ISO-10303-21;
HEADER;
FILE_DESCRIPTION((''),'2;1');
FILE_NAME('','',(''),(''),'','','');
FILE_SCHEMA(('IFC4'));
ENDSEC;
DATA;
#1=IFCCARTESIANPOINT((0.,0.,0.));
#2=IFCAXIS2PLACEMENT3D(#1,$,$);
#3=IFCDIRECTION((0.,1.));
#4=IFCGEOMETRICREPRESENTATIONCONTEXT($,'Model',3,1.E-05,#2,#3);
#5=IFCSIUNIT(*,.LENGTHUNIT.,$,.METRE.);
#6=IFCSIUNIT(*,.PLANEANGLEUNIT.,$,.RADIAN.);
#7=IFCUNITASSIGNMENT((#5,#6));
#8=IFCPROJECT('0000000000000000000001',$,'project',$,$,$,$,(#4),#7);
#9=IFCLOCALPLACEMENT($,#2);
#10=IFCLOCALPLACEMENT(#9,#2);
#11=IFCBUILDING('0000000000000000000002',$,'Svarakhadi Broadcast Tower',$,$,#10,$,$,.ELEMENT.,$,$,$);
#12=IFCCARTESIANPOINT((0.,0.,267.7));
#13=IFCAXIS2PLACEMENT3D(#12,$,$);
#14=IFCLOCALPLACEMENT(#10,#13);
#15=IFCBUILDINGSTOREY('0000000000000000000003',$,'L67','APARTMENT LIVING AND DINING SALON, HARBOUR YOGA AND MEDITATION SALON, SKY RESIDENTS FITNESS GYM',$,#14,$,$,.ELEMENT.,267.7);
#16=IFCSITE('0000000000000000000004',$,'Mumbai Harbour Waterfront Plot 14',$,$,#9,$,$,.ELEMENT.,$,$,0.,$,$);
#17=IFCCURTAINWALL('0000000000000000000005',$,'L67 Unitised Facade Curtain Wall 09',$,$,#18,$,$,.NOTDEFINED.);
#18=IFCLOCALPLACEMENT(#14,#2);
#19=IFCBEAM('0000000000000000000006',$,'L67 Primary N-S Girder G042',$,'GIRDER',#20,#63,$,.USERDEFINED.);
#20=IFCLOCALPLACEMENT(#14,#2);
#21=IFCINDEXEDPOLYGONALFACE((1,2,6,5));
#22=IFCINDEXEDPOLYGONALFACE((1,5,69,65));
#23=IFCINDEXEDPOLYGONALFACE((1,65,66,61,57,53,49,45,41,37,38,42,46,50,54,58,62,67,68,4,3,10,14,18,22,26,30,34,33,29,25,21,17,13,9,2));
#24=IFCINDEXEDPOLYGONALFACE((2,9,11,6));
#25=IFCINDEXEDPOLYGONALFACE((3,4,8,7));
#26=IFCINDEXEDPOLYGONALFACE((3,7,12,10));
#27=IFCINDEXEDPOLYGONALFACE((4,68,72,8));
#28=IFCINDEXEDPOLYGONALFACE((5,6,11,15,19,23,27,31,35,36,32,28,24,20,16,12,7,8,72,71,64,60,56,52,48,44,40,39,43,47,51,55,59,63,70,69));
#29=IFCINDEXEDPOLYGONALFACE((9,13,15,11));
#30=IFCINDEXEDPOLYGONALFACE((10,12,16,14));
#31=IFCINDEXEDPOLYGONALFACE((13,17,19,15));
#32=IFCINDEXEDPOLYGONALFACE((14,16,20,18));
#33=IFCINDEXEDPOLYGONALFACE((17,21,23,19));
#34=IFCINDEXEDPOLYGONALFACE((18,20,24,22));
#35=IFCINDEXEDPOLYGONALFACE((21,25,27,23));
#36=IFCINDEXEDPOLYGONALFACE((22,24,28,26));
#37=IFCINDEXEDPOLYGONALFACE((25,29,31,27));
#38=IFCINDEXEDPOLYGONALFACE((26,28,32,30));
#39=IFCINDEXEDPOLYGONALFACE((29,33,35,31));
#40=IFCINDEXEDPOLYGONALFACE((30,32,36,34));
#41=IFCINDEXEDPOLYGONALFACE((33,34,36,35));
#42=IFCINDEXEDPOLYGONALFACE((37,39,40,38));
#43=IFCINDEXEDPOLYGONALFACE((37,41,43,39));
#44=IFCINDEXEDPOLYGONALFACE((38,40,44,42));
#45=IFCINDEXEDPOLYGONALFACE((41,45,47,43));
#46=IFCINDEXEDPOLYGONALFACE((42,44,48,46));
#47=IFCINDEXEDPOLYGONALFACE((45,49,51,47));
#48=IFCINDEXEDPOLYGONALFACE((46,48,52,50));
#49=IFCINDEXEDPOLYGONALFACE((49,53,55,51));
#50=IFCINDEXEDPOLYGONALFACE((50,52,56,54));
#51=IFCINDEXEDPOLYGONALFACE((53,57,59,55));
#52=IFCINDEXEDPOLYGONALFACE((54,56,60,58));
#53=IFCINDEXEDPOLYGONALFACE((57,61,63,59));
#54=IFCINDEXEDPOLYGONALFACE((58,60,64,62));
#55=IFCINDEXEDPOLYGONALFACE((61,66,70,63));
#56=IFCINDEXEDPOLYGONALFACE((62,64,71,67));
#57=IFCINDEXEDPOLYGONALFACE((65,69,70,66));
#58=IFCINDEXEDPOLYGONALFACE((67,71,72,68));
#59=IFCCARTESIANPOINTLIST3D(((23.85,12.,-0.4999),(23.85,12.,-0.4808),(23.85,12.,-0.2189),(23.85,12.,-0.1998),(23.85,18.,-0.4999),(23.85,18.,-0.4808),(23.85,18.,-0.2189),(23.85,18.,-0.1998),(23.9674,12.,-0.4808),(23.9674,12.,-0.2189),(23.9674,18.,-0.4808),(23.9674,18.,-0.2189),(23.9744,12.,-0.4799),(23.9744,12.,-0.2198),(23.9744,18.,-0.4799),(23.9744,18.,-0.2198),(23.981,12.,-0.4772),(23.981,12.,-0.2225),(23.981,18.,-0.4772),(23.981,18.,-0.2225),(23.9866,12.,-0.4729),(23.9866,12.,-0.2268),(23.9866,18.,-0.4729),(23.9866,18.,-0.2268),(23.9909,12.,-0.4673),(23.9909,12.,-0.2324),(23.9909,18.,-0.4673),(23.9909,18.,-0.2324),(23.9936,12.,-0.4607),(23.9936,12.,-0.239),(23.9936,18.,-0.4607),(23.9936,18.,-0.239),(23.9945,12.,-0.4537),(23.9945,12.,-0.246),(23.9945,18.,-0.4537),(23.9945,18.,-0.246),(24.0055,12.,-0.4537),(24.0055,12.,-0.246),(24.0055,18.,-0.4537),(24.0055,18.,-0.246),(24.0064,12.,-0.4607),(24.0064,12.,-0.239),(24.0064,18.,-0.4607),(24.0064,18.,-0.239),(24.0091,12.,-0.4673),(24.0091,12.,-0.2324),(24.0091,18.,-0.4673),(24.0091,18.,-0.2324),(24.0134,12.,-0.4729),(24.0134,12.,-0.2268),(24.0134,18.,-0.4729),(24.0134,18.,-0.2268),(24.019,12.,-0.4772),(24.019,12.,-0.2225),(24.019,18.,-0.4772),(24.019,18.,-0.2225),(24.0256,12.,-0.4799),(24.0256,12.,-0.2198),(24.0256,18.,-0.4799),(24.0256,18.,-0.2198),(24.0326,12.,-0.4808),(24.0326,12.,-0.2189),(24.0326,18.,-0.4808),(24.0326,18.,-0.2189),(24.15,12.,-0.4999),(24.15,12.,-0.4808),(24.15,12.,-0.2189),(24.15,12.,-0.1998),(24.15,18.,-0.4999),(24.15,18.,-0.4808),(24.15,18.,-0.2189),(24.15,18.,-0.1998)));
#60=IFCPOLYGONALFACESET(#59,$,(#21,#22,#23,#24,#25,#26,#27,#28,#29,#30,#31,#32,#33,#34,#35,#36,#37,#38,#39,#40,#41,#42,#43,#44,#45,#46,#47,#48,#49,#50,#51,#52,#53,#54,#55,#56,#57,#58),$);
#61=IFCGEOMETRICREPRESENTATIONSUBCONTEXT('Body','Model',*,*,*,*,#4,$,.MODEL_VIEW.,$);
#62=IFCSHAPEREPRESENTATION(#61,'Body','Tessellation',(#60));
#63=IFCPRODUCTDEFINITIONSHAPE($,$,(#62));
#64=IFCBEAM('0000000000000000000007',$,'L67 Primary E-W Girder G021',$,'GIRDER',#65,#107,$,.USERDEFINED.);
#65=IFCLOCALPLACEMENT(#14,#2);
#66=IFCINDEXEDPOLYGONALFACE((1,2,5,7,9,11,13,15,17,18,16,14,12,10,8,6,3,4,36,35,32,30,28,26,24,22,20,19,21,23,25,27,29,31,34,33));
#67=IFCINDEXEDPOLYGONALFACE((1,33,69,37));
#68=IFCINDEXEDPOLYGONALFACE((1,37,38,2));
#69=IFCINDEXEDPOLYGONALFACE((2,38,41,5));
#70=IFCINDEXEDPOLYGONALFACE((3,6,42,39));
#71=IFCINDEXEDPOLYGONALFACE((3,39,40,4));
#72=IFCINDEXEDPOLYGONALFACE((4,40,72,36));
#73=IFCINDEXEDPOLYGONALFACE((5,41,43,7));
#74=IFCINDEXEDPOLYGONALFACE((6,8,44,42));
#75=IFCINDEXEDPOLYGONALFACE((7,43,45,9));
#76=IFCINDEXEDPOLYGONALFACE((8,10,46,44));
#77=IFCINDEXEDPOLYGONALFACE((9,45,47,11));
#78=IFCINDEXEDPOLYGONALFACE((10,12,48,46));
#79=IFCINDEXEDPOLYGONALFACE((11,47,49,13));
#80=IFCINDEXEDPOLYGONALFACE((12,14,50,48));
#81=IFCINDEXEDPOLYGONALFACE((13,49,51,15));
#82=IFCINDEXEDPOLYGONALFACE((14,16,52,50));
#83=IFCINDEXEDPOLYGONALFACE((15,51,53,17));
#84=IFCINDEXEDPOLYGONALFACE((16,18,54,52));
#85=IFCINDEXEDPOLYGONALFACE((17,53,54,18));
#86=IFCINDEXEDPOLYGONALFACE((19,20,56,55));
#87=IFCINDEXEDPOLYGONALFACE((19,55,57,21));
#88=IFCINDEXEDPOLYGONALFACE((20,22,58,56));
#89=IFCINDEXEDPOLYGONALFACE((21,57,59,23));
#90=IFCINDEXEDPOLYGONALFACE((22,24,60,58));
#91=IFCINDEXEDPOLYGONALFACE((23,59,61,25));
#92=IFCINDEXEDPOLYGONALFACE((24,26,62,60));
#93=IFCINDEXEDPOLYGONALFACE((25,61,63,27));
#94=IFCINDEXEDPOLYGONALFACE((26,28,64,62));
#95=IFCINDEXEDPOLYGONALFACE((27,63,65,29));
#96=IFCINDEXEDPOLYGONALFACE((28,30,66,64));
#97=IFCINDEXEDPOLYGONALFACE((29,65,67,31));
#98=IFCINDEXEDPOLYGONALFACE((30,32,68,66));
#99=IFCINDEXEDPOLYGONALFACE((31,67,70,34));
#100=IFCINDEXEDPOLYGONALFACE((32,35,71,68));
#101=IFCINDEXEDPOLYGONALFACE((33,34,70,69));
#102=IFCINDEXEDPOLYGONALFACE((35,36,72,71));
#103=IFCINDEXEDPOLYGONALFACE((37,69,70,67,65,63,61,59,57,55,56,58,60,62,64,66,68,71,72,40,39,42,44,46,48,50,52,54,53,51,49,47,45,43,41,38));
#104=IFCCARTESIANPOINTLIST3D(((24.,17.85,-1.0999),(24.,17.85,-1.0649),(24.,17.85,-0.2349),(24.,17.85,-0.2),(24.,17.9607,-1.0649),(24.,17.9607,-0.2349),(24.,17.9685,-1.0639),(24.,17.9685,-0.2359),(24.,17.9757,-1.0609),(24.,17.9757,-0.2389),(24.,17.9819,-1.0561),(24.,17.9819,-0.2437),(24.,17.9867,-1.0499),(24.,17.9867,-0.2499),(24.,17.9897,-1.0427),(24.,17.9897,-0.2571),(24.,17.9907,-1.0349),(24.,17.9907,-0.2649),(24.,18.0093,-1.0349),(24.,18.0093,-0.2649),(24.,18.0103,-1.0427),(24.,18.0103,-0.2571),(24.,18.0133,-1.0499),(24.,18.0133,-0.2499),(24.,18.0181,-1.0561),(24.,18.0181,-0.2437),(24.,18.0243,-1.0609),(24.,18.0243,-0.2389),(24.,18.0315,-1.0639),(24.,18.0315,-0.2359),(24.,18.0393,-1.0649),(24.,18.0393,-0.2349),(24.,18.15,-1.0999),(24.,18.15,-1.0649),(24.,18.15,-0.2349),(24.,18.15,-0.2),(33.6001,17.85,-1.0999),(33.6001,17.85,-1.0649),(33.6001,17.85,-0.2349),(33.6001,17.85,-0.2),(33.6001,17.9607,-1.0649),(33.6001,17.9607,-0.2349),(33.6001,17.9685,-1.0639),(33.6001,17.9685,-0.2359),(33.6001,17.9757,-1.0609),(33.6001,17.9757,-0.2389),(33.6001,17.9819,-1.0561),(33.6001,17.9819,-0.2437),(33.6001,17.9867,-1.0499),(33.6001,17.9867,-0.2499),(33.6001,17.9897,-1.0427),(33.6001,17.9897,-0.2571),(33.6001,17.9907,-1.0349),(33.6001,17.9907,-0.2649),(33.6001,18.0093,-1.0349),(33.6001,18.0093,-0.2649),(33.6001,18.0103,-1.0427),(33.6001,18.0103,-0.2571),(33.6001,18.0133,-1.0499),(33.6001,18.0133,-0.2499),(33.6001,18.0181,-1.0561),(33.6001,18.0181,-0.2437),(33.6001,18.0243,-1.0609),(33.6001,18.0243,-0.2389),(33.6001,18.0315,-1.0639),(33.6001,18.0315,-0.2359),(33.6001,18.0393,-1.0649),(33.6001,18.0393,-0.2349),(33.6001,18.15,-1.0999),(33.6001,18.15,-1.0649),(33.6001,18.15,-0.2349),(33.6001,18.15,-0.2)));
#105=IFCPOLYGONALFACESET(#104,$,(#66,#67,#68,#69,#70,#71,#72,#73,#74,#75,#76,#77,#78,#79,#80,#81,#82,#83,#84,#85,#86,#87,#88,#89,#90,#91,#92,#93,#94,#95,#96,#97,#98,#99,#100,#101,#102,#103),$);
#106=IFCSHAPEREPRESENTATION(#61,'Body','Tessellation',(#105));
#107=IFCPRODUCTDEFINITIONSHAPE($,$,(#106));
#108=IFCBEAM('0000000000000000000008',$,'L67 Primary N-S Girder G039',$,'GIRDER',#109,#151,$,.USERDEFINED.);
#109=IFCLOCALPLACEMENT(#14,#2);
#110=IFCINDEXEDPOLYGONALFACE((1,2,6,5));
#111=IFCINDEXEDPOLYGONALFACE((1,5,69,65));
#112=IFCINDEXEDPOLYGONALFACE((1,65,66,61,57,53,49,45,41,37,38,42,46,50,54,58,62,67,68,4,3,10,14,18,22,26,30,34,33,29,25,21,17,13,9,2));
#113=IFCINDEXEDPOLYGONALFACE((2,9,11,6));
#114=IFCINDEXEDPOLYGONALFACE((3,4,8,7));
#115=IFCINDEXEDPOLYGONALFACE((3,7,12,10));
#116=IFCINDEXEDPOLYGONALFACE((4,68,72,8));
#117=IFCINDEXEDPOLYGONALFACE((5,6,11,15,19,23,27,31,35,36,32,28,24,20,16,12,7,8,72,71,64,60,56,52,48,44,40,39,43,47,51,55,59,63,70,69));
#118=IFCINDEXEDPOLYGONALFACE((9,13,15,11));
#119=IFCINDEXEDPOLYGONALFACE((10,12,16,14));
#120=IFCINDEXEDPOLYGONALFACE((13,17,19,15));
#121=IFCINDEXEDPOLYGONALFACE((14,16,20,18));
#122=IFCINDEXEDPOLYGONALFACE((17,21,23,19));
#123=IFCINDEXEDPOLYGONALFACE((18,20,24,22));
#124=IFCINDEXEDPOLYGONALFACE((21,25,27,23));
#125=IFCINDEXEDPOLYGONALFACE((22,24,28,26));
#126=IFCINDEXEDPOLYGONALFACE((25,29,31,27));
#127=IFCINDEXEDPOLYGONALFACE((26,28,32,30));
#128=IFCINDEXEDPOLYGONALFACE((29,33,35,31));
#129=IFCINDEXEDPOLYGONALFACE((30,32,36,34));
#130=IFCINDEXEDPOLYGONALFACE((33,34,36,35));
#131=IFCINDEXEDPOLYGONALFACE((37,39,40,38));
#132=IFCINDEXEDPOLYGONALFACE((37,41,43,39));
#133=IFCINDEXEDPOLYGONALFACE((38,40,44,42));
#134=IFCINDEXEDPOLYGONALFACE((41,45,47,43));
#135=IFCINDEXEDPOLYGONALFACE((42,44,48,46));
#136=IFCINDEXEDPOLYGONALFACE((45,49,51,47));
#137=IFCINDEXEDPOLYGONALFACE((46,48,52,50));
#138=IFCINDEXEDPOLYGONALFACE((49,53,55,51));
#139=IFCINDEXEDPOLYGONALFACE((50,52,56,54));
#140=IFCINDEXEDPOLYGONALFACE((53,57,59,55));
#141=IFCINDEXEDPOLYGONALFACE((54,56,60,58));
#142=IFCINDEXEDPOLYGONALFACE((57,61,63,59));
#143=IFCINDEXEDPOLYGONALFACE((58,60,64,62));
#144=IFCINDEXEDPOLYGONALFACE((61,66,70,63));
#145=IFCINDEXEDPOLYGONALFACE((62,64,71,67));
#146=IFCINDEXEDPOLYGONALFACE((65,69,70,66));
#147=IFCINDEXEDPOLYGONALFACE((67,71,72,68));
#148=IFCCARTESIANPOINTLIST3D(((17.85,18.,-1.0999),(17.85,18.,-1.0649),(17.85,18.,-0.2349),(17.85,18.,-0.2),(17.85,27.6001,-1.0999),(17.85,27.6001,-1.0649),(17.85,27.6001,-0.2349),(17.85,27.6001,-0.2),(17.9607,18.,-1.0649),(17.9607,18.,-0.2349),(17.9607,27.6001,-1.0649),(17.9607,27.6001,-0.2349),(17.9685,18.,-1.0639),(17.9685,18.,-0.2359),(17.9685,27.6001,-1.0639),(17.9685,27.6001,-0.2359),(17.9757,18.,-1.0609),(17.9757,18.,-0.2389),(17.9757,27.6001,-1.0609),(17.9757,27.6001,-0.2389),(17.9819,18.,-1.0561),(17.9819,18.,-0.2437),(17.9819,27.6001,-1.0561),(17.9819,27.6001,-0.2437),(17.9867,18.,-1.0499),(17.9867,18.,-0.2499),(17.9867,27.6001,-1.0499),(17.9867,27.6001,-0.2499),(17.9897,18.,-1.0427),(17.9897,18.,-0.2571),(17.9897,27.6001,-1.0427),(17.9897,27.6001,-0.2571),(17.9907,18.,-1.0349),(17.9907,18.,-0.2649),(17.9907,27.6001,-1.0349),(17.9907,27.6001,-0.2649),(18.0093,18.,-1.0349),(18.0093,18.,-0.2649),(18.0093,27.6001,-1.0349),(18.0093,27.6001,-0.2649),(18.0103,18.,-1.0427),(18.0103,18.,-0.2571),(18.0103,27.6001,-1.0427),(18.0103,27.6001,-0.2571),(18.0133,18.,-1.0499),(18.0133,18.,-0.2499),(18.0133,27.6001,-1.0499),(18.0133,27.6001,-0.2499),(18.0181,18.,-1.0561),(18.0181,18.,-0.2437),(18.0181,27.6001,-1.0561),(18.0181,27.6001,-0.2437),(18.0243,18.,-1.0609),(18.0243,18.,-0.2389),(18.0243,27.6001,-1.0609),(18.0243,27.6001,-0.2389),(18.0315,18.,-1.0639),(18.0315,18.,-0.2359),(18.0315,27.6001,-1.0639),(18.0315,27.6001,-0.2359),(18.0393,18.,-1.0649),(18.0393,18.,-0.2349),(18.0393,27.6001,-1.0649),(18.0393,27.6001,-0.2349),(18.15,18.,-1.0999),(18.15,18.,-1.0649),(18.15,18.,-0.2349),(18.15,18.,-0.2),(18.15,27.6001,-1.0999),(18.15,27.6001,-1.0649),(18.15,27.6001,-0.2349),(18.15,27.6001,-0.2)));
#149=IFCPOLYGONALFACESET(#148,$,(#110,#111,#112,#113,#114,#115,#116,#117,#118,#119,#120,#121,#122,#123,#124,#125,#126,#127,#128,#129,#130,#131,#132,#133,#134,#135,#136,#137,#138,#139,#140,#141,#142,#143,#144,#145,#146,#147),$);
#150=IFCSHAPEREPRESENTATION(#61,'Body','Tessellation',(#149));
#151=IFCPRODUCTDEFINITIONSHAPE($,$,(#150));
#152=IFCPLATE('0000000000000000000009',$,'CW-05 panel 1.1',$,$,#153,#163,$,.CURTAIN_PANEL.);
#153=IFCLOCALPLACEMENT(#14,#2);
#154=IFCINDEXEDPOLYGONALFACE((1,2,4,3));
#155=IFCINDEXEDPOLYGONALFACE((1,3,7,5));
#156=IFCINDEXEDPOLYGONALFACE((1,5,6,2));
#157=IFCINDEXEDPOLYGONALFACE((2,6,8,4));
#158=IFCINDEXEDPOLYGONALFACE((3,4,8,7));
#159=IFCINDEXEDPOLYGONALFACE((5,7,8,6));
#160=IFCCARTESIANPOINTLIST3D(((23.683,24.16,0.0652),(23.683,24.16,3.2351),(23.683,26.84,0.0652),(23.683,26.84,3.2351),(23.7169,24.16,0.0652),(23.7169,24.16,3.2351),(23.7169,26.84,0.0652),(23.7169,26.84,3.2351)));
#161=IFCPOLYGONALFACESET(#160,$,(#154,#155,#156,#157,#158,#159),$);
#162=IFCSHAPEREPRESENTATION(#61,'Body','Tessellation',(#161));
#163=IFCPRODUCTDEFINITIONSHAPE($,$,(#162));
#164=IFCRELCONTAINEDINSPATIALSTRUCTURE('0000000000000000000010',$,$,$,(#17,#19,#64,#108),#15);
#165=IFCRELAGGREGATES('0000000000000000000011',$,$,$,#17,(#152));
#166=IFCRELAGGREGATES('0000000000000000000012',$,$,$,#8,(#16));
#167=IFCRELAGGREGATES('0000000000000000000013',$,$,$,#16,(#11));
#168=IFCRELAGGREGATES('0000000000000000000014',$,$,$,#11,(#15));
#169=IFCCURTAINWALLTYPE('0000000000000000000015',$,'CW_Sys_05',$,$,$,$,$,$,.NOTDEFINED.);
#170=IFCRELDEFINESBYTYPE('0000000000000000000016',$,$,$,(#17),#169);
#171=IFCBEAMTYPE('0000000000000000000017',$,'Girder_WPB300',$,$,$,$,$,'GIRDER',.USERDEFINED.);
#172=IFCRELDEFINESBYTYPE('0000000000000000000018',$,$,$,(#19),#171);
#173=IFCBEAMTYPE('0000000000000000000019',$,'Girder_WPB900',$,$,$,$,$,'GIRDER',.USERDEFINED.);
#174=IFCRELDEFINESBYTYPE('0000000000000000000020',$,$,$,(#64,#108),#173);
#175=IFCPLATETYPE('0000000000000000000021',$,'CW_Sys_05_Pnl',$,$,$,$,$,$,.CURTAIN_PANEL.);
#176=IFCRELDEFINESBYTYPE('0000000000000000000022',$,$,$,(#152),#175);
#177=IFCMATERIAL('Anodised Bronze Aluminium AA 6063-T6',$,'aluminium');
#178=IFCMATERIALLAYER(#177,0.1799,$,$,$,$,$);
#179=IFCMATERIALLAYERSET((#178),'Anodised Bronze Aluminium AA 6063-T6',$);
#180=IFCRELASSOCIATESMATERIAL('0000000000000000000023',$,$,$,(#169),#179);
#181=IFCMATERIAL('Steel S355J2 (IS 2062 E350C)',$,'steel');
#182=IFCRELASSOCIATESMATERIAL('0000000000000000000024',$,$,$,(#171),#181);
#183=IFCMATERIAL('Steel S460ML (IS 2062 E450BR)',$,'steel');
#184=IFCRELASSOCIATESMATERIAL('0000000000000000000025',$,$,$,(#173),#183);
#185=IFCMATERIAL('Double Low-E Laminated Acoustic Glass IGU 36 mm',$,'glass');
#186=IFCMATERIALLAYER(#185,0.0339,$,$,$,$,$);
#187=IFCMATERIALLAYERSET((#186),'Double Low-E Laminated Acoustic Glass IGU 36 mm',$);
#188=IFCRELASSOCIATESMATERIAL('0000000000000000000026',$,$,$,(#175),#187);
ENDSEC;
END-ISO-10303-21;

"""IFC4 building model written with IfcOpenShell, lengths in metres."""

from ifc_helpers import new_model, si_unit, direction, frame, origin, origin_2d, place, context, subcontext, project, spatial, rectangle, i_section, extrude, material, layer, layer_set, material_profile, profile_set, type_object, element, aggregate, save


model = new_model("IFC4")

# Units and contexts
model_context = context("Model", 3, precision=1e-05, world=origin(), true_north=direction((0.0, 1.0)))
body_context = subcontext(model_context, "Body", "Model", "MODEL_VIEW")
ifc_project = project(units=[si_unit("LENGTHUNIT", "METRE"), si_unit("PLANEANGLEUNIT", "RADIAN")], contexts=[model_context])

# Site, building, storey
site_placement = place(None, origin())
site = spatial("IfcSite", under=ifc_project, at=site_placement, Name="Mumbai Harbour Waterfront Plot 14", CompositionType="ELEMENT", RefElevation=0.0)
building_placement = place(site_placement, origin())
building = spatial("IfcBuilding", under=site, at=building_placement, Name="Svarakhadi Broadcast Tower", CompositionType="ELEMENT")
storey_placement = place(building_placement, frame((0.0, 0.0, 267.7)))
storey = spatial("IfcBuildingStorey", under=building, at=storey_placement, Name="L67", Description="APARTMENT LIVING AND DINING SALON, HARBOUR YOGA AND MEDITATION SALON, SKY RESIDENTS FITNESS GYM", CompositionType="ELEMENT", Elevation=267.7)

# Shared definitions
ifc_material_1 = material(Name="Steel S355J2 (IS 2062 E350C)", Category="steel")

# Curtain wall
ifc_material_2 = material(Name="Anodised Bronze Aluminium AA 6063-T6", Category="aluminium")
ifc_layer_1 = layer(ifc_material_2, 0.1799)
ifc_layer_set_1 = layer_set([ifc_layer_1], Name="Anodised Bronze Aluminium AA 6063-T6")
curtain_wall_type = type_object("IfcCurtainWallType", Name="CW_Sys_05", PredefinedType="NOTDEFINED", material=ifc_layer_set_1)
curtain_wall_1_placement = place(storey_placement, origin())
curtain_wall_1 = element("IfcCurtainWall", 1, at=curtain_wall_1_placement, inside=storey, type_object=curtain_wall_type, Name="L67 Unitised Facade Curtain Wall 09", PredefinedType="NOTDEFINED")

# Beams
ifc_material_profile_1 = material_profile(ifc_material_1, i_section(OverallWidth=0.3, OverallDepth=0.3, WebThickness=0.011, FlangeThickness=0.019, FilletRadius=0.0271, at=origin_2d()), Name="WPB 300x300x117")
ifc_profile_set_1 = profile_set([ifc_material_profile_1], Name="Steel S355J2 (IS 2062 E350C)")
beam_type_1 = type_object("IfcBeamType", Name="Girder_WPB300", ElementType="GIRDER", PredefinedType="USERDEFINED", material=ifc_profile_set_1)
for number, where, z_axis, x_axis, name in (
    (2, (24.0, 12.0, -0.3499), (0.0, 1.0, 0.0), (-1.0, 0.0, 0.0), "L67 Primary N-S Girder G042"),
):
    element("IfcBeam", number, at=place(storey_placement, frame(where, z_axis=z_axis, x_axis=x_axis)), inside=storey, type_object=beam_type_1, Name=name, ObjectType="GIRDER", PredefinedType="USERDEFINED", context=body_context, shape_type="SweptSolid", body=[
        extrude(i_section(OverallWidth=0.3, OverallDepth=0.3, WebThickness=0.011, FlangeThickness=0.019, FilletRadius=0.0271, at=origin_2d()), origin(), (0.0, 0.0, 1.0), 6.0),
    ])
ifc_material_3 = material(Name="Steel S460ML (IS 2062 E450BR)", Category="steel")
ifc_material_profile_2 = material_profile(ifc_material_3, i_section(OverallWidth=0.3, OverallDepth=0.8999, WebThickness=0.0186, FlangeThickness=0.0349, FilletRadius=0.03, at=origin_2d()), Name="WPB 900x300x291")
ifc_profile_set_2 = profile_set([ifc_material_profile_2], Name="Steel S460ML (IS 2062 E450BR)")
beam_type_2 = type_object("IfcBeamType", Name="Girder_WPB900", ElementType="GIRDER", PredefinedType="USERDEFINED", material=ifc_profile_set_2)
for number, where, z_axis, x_axis, name in (
    (3, (24.0, 18.0, -0.6499), (1.0, 0.0, 0.0), (0.0, 1.0, 0.0), "L67 Primary E-W Girder G021"),
    (4, (18.0, 18.0, -0.6499), (0.0, 1.0, 0.0), (-1.0, 0.0, 0.0), "L67 Primary N-S Girder G039"),
):
    element("IfcBeam", number, at=place(storey_placement, frame(where, z_axis=z_axis, x_axis=x_axis)), inside=storey, type_object=beam_type_2, Name=name, ObjectType="GIRDER", PredefinedType="USERDEFINED", context=body_context, shape_type="SweptSolid", body=[
        extrude(i_section(OverallWidth=0.3, OverallDepth=0.8999, WebThickness=0.0186, FlangeThickness=0.0349, FilletRadius=0.03, at=origin_2d()), origin(), (0.0, 0.0, 1.0), 9.6001),
    ])

# Plate
ifc_material_4 = material(Name="Double Low-E Laminated Acoustic Glass IGU 36 mm", Category="glass")
ifc_layer_2 = layer(ifc_material_4, 0.0339)
ifc_layer_set_2 = layer_set([ifc_layer_2], Name="Double Low-E Laminated Acoustic Glass IGU 36 mm")
plate_type = type_object("IfcPlateType", Name="CW_Sys_05_Pnl", PredefinedType="CURTAIN_PANEL", material=ifc_layer_set_2)
plate_placement = place(storey_placement, frame((23.7, 25.5, 0.0652), z_axis=(0.0, 0.0, 1.0), x_axis=(0.0, -1.0, 0.0)))
plate = element("IfcPlate", 5, at=plate_placement, type_object=plate_type, Name="CW-05 panel 1.1", PredefinedType="CURTAIN_PANEL", context=body_context, shape_type="SweptSolid", body=[
    extrude(rectangle(XDim=2.6799, YDim=0.0339, at=origin_2d()), origin(), (0.0, 0.0, 1.0), 3.1699),
])
aggregate(curtain_wall_1, [plate])

save(model, "model.ifc")
